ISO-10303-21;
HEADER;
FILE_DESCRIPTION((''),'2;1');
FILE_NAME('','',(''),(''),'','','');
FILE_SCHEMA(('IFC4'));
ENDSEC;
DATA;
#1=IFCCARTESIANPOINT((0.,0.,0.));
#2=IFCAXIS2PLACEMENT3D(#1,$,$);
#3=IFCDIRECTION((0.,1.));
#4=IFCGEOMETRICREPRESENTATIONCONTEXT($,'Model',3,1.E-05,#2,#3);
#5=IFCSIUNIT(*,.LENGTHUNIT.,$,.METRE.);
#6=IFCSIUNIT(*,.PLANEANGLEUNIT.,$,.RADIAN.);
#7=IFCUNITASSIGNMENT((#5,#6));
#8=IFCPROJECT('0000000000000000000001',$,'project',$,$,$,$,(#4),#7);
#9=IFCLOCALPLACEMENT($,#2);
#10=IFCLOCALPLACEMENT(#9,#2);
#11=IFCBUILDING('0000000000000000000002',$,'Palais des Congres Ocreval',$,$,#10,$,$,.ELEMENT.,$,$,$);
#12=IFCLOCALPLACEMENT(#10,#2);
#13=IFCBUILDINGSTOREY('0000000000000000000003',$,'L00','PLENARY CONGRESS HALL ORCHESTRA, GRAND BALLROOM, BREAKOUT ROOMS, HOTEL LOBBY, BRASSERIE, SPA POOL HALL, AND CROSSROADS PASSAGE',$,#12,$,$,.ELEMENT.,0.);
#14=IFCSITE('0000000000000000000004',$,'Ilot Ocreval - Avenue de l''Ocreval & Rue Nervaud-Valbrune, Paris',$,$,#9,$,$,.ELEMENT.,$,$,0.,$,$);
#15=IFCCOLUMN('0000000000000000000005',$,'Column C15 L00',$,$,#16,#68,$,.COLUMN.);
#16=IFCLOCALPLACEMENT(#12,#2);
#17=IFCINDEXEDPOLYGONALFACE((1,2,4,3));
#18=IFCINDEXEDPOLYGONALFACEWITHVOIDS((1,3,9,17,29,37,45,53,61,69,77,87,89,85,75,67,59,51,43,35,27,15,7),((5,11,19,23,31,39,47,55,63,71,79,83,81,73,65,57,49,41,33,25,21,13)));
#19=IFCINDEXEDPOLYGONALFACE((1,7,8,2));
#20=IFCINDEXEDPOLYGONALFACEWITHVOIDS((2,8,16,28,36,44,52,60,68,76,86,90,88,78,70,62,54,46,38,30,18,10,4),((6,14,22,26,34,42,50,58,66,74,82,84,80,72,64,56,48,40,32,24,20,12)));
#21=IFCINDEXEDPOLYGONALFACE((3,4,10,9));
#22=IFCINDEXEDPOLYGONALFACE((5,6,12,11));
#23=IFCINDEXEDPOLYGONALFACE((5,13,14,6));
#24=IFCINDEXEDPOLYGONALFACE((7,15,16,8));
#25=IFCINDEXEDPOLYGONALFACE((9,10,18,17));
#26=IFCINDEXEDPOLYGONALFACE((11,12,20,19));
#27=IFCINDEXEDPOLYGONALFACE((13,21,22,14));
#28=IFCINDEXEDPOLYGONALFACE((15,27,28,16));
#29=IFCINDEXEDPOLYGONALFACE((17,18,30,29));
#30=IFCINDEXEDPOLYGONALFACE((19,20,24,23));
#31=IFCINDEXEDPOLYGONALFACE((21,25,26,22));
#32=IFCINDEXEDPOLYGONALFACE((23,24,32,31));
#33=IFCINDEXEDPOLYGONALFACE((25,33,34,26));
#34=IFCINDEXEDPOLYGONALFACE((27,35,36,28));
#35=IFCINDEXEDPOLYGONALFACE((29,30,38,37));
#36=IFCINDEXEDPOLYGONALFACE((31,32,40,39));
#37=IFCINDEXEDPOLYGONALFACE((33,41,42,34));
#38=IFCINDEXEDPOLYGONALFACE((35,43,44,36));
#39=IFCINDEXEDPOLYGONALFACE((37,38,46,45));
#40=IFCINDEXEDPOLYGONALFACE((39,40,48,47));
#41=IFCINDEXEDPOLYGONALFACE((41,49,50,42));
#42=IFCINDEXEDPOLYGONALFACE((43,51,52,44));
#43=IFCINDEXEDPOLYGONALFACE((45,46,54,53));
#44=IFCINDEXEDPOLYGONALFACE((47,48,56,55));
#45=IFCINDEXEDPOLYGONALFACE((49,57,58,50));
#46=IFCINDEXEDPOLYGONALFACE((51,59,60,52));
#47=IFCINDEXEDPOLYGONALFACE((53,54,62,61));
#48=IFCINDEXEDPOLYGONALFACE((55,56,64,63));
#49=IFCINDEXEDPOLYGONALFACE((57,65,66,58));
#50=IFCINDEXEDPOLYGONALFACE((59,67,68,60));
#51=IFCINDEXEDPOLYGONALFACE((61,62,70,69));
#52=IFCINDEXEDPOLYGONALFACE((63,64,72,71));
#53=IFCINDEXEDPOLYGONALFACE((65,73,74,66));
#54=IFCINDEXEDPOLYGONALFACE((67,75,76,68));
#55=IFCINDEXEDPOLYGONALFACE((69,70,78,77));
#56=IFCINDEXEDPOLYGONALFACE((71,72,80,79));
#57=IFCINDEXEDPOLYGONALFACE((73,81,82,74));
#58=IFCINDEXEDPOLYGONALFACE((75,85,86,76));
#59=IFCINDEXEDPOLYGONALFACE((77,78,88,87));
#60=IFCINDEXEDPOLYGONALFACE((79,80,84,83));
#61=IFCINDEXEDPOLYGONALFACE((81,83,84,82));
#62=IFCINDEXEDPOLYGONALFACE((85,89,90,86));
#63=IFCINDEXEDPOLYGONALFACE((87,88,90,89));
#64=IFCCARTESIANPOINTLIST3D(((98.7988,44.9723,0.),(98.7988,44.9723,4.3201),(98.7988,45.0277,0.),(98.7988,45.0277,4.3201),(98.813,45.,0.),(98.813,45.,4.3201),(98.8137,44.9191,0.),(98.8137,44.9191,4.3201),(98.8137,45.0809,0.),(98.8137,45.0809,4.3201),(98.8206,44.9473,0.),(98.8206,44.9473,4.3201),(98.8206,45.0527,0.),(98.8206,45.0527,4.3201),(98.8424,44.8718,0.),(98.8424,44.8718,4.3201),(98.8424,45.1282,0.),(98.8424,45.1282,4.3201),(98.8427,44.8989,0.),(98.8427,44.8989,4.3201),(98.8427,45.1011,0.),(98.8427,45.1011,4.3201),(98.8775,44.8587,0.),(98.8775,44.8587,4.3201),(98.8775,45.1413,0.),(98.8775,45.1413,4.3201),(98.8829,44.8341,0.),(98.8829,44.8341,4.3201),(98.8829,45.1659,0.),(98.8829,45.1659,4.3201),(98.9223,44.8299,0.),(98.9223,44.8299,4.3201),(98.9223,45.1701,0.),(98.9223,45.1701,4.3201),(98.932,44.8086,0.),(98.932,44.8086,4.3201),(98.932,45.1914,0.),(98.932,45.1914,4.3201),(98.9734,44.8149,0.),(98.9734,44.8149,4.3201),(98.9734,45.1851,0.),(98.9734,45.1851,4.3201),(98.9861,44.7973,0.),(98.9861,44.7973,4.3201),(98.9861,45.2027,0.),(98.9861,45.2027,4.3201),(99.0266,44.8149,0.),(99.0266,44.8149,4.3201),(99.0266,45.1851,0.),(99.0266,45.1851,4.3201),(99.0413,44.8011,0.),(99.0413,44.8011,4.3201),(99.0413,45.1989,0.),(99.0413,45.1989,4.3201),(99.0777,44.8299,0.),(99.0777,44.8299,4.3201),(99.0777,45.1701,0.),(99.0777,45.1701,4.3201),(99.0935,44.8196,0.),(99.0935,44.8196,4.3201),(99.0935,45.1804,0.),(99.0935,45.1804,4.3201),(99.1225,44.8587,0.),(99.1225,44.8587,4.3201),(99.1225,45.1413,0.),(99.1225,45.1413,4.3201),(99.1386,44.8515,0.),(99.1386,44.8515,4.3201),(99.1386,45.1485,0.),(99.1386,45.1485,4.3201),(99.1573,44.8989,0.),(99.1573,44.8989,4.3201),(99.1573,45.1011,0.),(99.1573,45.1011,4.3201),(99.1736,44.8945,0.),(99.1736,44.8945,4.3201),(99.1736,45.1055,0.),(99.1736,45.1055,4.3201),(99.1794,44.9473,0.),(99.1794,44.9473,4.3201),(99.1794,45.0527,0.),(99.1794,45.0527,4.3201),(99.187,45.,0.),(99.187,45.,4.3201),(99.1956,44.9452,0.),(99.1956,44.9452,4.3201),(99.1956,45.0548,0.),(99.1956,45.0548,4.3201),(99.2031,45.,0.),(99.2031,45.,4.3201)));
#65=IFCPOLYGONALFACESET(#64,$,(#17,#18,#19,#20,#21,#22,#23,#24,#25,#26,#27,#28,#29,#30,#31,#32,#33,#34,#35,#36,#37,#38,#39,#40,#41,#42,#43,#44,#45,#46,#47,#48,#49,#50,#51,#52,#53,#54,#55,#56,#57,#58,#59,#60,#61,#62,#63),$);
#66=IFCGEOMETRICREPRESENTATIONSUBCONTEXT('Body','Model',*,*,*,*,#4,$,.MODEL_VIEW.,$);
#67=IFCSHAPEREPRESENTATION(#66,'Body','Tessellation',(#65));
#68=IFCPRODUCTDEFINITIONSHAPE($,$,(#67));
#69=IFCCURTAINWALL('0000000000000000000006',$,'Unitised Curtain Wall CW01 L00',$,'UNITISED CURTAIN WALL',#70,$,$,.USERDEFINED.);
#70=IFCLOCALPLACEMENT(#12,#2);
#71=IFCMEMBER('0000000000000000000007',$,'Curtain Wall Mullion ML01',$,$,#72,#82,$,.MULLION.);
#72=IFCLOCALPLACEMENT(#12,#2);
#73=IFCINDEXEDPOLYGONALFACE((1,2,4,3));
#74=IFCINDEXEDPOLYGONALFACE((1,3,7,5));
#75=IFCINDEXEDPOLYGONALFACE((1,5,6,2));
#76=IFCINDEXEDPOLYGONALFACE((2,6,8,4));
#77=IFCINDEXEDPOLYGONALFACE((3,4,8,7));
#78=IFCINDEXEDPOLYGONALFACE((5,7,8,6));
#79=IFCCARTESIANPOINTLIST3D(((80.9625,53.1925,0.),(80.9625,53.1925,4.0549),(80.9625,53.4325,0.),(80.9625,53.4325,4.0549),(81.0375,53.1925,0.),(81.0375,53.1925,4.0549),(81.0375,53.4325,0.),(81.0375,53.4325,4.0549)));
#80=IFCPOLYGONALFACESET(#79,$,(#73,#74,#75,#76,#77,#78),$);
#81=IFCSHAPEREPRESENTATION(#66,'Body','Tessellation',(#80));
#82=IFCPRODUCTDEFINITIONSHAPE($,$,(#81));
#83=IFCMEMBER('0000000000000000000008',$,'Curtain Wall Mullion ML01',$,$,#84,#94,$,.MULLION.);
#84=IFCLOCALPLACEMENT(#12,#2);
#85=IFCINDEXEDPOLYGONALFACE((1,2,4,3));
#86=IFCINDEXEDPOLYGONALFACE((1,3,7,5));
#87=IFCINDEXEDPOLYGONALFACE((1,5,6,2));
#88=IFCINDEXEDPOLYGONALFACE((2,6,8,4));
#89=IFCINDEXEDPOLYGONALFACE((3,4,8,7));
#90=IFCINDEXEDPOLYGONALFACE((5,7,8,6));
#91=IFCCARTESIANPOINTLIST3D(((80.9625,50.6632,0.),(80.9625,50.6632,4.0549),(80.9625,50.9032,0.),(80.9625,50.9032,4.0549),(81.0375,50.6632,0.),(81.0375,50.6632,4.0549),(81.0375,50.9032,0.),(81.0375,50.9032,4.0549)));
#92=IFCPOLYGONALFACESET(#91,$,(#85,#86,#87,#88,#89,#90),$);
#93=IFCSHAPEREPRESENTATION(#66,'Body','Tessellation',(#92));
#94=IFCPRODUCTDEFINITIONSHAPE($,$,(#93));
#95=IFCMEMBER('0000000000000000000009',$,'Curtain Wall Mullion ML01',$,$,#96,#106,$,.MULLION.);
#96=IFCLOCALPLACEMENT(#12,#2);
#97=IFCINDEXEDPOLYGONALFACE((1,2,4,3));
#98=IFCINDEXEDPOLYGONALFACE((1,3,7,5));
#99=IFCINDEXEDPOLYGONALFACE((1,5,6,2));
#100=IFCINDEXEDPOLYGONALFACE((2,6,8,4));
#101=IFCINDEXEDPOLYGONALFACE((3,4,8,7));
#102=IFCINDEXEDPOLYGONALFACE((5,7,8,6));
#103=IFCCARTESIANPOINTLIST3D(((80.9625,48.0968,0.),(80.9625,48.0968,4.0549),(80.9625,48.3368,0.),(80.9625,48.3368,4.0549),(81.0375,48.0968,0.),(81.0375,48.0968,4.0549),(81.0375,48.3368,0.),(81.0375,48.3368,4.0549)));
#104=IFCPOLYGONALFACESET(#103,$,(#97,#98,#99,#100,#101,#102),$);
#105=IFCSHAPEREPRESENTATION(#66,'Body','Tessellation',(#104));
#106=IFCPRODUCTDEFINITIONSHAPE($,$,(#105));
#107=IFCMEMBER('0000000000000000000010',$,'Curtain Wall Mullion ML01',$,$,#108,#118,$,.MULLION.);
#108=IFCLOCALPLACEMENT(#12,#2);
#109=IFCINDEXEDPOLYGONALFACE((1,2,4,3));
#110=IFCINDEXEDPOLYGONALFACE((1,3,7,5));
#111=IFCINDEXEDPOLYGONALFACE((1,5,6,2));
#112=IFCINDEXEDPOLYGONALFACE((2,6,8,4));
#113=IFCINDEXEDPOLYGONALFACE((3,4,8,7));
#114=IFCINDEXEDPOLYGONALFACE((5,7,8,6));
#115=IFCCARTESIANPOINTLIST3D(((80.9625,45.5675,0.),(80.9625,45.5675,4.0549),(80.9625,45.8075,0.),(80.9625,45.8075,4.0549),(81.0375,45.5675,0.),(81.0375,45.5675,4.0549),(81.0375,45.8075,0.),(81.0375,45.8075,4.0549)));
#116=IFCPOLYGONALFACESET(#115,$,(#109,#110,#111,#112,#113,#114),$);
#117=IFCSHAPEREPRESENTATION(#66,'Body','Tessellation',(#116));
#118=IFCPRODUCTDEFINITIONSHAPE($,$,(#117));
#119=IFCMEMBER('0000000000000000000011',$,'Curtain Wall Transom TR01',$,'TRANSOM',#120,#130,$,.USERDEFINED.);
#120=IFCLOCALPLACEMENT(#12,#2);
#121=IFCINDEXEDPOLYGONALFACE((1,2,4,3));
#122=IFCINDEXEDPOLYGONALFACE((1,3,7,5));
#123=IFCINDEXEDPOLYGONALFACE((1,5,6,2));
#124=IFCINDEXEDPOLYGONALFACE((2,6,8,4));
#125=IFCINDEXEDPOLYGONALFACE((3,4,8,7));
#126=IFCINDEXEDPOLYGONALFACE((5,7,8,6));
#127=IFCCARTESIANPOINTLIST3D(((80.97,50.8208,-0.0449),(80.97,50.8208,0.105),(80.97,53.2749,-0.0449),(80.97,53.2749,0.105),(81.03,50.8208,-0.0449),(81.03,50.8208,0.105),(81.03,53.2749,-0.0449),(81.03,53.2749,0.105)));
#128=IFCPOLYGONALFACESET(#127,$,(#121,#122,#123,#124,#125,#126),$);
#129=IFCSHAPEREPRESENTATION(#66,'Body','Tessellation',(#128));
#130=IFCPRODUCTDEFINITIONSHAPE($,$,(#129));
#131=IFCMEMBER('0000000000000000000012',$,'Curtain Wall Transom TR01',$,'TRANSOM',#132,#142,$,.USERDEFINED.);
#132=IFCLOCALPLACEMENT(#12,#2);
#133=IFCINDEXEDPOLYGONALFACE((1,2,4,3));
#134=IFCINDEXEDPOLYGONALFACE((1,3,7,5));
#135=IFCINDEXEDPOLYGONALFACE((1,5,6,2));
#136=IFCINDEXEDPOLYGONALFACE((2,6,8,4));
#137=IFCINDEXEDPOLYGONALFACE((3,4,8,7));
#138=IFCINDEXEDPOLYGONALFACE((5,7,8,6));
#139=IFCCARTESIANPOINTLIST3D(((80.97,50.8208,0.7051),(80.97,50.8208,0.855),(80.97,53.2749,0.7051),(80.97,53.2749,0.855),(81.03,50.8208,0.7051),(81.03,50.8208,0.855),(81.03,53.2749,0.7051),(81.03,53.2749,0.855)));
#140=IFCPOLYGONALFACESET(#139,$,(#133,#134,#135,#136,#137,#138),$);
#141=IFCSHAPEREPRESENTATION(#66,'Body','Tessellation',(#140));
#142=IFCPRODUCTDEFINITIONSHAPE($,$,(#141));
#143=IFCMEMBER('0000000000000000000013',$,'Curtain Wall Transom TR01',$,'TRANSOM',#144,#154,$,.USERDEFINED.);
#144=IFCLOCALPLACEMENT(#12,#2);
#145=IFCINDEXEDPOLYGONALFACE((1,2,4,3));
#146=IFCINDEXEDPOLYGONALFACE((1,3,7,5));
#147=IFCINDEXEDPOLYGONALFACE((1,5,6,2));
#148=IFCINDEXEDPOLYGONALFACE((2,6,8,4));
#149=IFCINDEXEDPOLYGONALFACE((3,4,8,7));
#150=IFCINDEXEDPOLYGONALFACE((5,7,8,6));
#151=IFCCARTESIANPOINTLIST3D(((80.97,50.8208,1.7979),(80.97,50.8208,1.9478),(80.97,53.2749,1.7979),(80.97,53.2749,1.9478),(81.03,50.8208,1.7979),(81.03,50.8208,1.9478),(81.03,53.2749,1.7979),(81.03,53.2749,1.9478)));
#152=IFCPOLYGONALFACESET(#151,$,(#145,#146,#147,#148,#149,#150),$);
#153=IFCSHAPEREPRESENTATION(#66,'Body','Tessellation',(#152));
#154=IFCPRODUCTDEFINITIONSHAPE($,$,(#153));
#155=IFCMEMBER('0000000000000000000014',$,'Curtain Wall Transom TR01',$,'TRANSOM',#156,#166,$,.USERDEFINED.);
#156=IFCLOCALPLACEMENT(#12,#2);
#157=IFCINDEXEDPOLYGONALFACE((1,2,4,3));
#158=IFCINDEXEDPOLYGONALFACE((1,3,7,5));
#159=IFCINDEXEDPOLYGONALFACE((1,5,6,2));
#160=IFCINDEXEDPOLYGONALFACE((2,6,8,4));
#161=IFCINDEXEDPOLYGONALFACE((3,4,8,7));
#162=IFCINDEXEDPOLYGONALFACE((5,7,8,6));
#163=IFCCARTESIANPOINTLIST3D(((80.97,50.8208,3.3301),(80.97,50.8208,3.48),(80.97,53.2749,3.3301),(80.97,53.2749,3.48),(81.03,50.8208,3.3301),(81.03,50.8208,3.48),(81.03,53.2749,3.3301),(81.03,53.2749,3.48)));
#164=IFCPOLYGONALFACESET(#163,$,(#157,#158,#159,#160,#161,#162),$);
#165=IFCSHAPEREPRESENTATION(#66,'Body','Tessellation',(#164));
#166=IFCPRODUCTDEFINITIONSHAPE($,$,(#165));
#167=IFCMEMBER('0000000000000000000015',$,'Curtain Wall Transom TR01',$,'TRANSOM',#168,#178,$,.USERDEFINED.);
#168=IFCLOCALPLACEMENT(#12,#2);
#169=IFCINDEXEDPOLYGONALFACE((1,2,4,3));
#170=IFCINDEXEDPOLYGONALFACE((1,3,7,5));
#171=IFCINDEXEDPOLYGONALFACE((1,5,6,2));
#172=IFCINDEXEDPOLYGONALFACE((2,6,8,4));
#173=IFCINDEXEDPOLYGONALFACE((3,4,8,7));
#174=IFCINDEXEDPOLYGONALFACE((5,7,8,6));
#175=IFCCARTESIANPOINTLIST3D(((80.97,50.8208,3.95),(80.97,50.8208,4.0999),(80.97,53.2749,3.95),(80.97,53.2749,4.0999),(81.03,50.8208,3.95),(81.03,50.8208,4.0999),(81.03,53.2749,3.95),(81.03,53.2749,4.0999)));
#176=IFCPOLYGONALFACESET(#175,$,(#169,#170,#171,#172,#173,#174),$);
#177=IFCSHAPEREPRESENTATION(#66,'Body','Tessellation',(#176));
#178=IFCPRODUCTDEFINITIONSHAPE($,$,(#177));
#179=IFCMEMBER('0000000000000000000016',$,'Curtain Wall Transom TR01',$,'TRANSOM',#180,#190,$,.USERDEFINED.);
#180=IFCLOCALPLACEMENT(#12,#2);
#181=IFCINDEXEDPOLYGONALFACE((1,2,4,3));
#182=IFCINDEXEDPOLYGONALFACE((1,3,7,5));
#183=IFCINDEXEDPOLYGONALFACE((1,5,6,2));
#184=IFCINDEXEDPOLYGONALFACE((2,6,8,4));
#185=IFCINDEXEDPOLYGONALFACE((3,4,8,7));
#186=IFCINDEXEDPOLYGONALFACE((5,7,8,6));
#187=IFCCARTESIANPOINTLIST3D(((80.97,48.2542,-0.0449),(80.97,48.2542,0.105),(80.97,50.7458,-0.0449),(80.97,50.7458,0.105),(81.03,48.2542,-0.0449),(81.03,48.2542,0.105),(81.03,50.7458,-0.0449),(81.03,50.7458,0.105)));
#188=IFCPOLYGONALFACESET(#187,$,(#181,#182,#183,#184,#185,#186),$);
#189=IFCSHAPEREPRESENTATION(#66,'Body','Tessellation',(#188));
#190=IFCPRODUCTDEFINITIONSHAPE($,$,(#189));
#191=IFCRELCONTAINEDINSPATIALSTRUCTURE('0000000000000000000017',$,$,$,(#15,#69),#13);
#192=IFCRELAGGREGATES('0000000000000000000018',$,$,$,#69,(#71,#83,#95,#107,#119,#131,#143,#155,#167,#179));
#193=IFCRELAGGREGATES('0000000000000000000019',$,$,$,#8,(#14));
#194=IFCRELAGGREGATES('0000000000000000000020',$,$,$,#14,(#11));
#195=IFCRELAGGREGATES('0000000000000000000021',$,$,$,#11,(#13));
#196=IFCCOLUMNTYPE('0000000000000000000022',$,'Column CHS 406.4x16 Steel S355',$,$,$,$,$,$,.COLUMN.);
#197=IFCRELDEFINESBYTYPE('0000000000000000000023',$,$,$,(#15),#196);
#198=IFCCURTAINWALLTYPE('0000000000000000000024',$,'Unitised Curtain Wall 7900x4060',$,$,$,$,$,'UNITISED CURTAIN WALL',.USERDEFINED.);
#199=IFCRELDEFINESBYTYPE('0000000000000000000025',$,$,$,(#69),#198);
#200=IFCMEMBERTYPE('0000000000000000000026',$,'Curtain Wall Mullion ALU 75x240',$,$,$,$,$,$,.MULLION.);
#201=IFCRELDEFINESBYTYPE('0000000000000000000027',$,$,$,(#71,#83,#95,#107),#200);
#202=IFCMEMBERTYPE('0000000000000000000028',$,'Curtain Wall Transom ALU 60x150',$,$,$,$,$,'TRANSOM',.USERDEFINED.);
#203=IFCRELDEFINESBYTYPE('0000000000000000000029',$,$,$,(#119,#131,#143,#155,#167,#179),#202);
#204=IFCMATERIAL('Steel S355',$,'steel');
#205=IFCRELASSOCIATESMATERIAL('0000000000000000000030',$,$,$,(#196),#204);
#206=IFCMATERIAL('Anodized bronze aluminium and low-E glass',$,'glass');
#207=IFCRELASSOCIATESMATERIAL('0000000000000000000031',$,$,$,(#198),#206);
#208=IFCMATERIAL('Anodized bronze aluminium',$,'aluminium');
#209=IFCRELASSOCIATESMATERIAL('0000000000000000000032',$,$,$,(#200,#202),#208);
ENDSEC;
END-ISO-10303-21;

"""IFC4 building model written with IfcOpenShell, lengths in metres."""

from ifc_helpers import new_model, si_unit, direction, frame, origin, origin_2d, place, context, subcontext, project, spatial, rectangle, hollow_circle, extrude, material, material_profile, profile_set, type_object, element, aggregate, save


model = new_model("IFC4")

# Units and contexts
model_context = context("Model", 3, precision=1e-05, world=origin(), true_north=direction((0.0, 1.0)))
body_context = subcontext(model_context, "Body", "Model", "MODEL_VIEW")
ifc_project = project(units=[si_unit("LENGTHUNIT", "METRE"), si_unit("PLANEANGLEUNIT", "RADIAN")], contexts=[model_context])

# Site, building, storey
site_placement = place(None, origin())
site = spatial("IfcSite", under=ifc_project, at=site_placement, Name="Ilot Ocreval - Avenue de l'Ocreval & Rue Nervaud-Valbrune, Paris", CompositionType="ELEMENT", RefElevation=0.0)
building_placement = place(site_placement, origin())
building = spatial("IfcBuilding", under=site, at=building_placement, Name="Palais des Congres Ocreval", CompositionType="ELEMENT")
storey_placement = place(building_placement, origin())
storey = spatial("IfcBuildingStorey", under=building, at=storey_placement, Name="L00", Description="PLENARY CONGRESS HALL ORCHESTRA, GRAND BALLROOM, BREAKOUT ROOMS, HOTEL LOBBY, BRASSERIE, SPA POOL HALL, AND CROSSROADS PASSAGE", CompositionType="ELEMENT", Elevation=0.0)

# Column
ifc_material_1 = material(Name="Steel S355", Category="steel")
ifc_material_profile_1 = material_profile(ifc_material_1, hollow_circle(Radius=0.2031, WallThickness=0.0161, at=origin_2d()), Name="CHS 406.4x16")
ifc_profile_set_1 = profile_set([ifc_material_profile_1], Name="Steel S355")
column_type = type_object("IfcColumnType", Name="Column CHS 406.4x16 Steel S355", PredefinedType="COLUMN", material=ifc_profile_set_1)
column_placement = place(storey_placement, frame((99.0, 45.0, 0.0), z_axis=(0.0, 0.0, 1.0), x_axis=(1.0, 0.0, 0.0)))
element("IfcColumn", 1, at=column_placement, inside=storey, type_object=column_type, Name="Column C15 L00", PredefinedType="COLUMN", context=body_context, shape_type="SweptSolid", body=[
    extrude(hollow_circle(Radius=0.2031, WallThickness=0.0161, at=origin_2d()), origin(), (0.0, 0.0, 1.0), 4.3201),
])

# Curtain wall, members
ifc_material_2 = material(Name="Anodized bronze aluminium and low-E glass", Category="glass")
curtain_wall_type = type_object("IfcCurtainWallType", Name="Unitised Curtain Wall 7900x4060", ElementType="UNITISED CURTAIN WALL", PredefinedType="USERDEFINED", material=ifc_material_2)
curtain_wall_placement = place(storey_placement, origin())
curtain_wall = element("IfcCurtainWall", 2, at=curtain_wall_placement, inside=storey, type_object=curtain_wall_type, Name="Unitised Curtain Wall CW01 L00", ObjectType="UNITISED CURTAIN WALL", PredefinedType="USERDEFINED")
ifc_material_3 = material(Name="Anodized bronze aluminium", Category="aluminium")
ifc_material_profile_2 = material_profile(ifc_material_3, rectangle(XDim=0.075, YDim=0.24, at=origin_2d()), Name="ALU 75x240")
ifc_profile_set_2 = profile_set([ifc_material_profile_2], Name="Anodized bronze aluminium")
member_type_1 = type_object("IfcMemberType", Name="Curtain Wall Mullion ALU 75x240", PredefinedType="MULLION", material=ifc_profile_set_2)
member_1_placement = place(storey_placement, frame((81.0, 53.3125, 0.0), z_axis=(0.0, 0.0, 1.0), x_axis=(1.0, 0.0, 0.0)))
member_1 = element("IfcMember", 3, at=member_1_placement, type_object=member_type_1, Name="Curtain Wall Mullion ML01", PredefinedType="MULLION", context=body_context, shape_type="SweptSolid", body=[
    extrude(rectangle(XDim=0.075, YDim=0.24, at=origin_2d()), origin(), (0.0, 0.0, 1.0), 4.0549),
])
member_2_placement = place(storey_placement, frame((81.0, 50.7832, 0.0), z_axis=(0.0, 0.0, 1.0), x_axis=(1.0, 0.0, 0.0)))
member_2 = element("IfcMember", 4, at=member_2_placement, type_object=member_type_1, Name="Curtain Wall Mullion ML01", PredefinedType="MULLION", context=body_context, shape_type="SweptSolid", body=[
    extrude(rectangle(XDim=0.075, YDim=0.24, at=origin_2d()), origin(), (0.0, 0.0, 1.0), 4.0549),
])
member_3_placement = place(storey_placement, frame((81.0, 48.2168, 0.0), z_axis=(0.0, 0.0, 1.0), x_axis=(1.0, 0.0, 0.0)))
member_3 = element("IfcMember", 5, at=member_3_placement, type_object=member_type_1, Name="Curtain Wall Mullion ML01", PredefinedType="MULLION", context=body_context, shape_type="SweptSolid", body=[
    extrude(rectangle(XDim=0.075, YDim=0.24, at=origin_2d()), origin(), (0.0, 0.0, 1.0), 4.0549),
])
member_4_placement = place(storey_placement, frame((81.0, 45.6875, 0.0), z_axis=(0.0, 0.0, 1.0), x_axis=(1.0, 0.0, 0.0)))
member_4 = element("IfcMember", 6, at=member_4_placement, type_object=member_type_1, Name="Curtain Wall Mullion ML01", PredefinedType="MULLION", context=body_context, shape_type="SweptSolid", body=[
    extrude(rectangle(XDim=0.075, YDim=0.24, at=origin_2d()), origin(), (0.0, 0.0, 1.0), 4.0549),
])
ifc_material_profile_3 = material_profile(ifc_material_3, rectangle(XDim=0.0601, YDim=0.1499, at=origin_2d()), Name="ALU 60x150")
ifc_profile_set_3 = profile_set([ifc_material_profile_3], Name="Anodized bronze aluminium")
member_type_2 = type_object("IfcMemberType", Name="Curtain Wall Transom ALU 60x150", ElementType="TRANSOM", PredefinedType="USERDEFINED", material=ifc_profile_set_3)
member_5_placement = place(storey_placement, frame((81.0, 53.2749, 0.03), z_axis=(0.0, -1.0, 0.0), x_axis=(1.0, 0.0, 0.0)))
member_5 = element("IfcMember", 7, at=member_5_placement, type_object=member_type_2, Name="Curtain Wall Transom TR01", ObjectType="TRANSOM", PredefinedType="USERDEFINED", context=body_context, shape_type="SweptSolid", body=[
    extrude(rectangle(XDim=0.0601, YDim=0.1499, at=origin_2d()), origin(), (0.0, 0.0, 1.0), 2.4541),
])
member_6_placement = place(storey_placement, frame((81.0, 53.2749, 0.78), z_axis=(0.0, -1.0, 0.0), x_axis=(1.0, 0.0, 0.0)))
member_6 = element("IfcMember", 8, at=member_6_placement, type_object=member_type_2, Name="Curtain Wall Transom TR01", ObjectType="TRANSOM", PredefinedType="USERDEFINED", context=body_context, shape_type="SweptSolid", body=[
    extrude(rectangle(XDim=0.0601, YDim=0.1499, at=origin_2d()), origin(), (0.0, 0.0, 1.0), 2.4541),
])
member_7_placement = place(storey_placement, frame((81.0, 53.2749, 1.8728), z_axis=(0.0, -1.0, 0.0), x_axis=(1.0, 0.0, 0.0)))
member_7 = element("IfcMember", 9, at=member_7_placement, type_object=member_type_2, Name="Curtain Wall Transom TR01", ObjectType="TRANSOM", PredefinedType="USERDEFINED", context=body_context, shape_type="SweptSolid", body=[
    extrude(rectangle(XDim=0.0601, YDim=0.1499, at=origin_2d()), origin(), (0.0, 0.0, 1.0), 2.4541),
])
member_8_placement = place(storey_placement, frame((81.0, 53.2749, 3.405), z_axis=(0.0, -1.0, 0.0), x_axis=(1.0, 0.0, 0.0)))
member_8 = element("IfcMember", 10, at=member_8_placement, type_object=member_type_2, Name="Curtain Wall Transom TR01", ObjectType="TRANSOM", PredefinedType="USERDEFINED", context=body_context, shape_type="SweptSolid", body=[
    extrude(rectangle(XDim=0.0601, YDim=0.1499, at=origin_2d()), origin(), (0.0, 0.0, 1.0), 2.4541),
])
member_9_placement = place(storey_placement, frame((81.0, 53.2749, 4.0249), z_axis=(0.0, -1.0, 0.0), x_axis=(1.0, 0.0, 0.0)))
member_9 = element("IfcMember", 11, at=member_9_placement, type_object=member_type_2, Name="Curtain Wall Transom TR01", ObjectType="TRANSOM", PredefinedType="USERDEFINED", context=body_context, shape_type="SweptSolid", body=[
    extrude(rectangle(XDim=0.0601, YDim=0.1499, at=origin_2d()), origin(), (0.0, 0.0, 1.0), 2.4541),
])
member_10_placement = place(storey_placement, frame((81.0, 50.7458, 0.03), z_axis=(0.0, -1.0, 0.0), x_axis=(1.0, 0.0, 0.0)))
member_10 = element("IfcMember", 12, at=member_10_placement, type_object=member_type_2, Name="Curtain Wall Transom TR01", ObjectType="TRANSOM", PredefinedType="USERDEFINED", context=body_context, shape_type="SweptSolid", body=[
    extrude(rectangle(XDim=0.0601, YDim=0.1499, at=origin_2d()), origin(), (0.0, 0.0, 1.0), 2.4917),
])

aggregate(curtain_wall, [member_1, member_2, member_3, member_4, member_5, member_6, member_7, member_8, member_9, member_10])

save(model, "model.ifc")
